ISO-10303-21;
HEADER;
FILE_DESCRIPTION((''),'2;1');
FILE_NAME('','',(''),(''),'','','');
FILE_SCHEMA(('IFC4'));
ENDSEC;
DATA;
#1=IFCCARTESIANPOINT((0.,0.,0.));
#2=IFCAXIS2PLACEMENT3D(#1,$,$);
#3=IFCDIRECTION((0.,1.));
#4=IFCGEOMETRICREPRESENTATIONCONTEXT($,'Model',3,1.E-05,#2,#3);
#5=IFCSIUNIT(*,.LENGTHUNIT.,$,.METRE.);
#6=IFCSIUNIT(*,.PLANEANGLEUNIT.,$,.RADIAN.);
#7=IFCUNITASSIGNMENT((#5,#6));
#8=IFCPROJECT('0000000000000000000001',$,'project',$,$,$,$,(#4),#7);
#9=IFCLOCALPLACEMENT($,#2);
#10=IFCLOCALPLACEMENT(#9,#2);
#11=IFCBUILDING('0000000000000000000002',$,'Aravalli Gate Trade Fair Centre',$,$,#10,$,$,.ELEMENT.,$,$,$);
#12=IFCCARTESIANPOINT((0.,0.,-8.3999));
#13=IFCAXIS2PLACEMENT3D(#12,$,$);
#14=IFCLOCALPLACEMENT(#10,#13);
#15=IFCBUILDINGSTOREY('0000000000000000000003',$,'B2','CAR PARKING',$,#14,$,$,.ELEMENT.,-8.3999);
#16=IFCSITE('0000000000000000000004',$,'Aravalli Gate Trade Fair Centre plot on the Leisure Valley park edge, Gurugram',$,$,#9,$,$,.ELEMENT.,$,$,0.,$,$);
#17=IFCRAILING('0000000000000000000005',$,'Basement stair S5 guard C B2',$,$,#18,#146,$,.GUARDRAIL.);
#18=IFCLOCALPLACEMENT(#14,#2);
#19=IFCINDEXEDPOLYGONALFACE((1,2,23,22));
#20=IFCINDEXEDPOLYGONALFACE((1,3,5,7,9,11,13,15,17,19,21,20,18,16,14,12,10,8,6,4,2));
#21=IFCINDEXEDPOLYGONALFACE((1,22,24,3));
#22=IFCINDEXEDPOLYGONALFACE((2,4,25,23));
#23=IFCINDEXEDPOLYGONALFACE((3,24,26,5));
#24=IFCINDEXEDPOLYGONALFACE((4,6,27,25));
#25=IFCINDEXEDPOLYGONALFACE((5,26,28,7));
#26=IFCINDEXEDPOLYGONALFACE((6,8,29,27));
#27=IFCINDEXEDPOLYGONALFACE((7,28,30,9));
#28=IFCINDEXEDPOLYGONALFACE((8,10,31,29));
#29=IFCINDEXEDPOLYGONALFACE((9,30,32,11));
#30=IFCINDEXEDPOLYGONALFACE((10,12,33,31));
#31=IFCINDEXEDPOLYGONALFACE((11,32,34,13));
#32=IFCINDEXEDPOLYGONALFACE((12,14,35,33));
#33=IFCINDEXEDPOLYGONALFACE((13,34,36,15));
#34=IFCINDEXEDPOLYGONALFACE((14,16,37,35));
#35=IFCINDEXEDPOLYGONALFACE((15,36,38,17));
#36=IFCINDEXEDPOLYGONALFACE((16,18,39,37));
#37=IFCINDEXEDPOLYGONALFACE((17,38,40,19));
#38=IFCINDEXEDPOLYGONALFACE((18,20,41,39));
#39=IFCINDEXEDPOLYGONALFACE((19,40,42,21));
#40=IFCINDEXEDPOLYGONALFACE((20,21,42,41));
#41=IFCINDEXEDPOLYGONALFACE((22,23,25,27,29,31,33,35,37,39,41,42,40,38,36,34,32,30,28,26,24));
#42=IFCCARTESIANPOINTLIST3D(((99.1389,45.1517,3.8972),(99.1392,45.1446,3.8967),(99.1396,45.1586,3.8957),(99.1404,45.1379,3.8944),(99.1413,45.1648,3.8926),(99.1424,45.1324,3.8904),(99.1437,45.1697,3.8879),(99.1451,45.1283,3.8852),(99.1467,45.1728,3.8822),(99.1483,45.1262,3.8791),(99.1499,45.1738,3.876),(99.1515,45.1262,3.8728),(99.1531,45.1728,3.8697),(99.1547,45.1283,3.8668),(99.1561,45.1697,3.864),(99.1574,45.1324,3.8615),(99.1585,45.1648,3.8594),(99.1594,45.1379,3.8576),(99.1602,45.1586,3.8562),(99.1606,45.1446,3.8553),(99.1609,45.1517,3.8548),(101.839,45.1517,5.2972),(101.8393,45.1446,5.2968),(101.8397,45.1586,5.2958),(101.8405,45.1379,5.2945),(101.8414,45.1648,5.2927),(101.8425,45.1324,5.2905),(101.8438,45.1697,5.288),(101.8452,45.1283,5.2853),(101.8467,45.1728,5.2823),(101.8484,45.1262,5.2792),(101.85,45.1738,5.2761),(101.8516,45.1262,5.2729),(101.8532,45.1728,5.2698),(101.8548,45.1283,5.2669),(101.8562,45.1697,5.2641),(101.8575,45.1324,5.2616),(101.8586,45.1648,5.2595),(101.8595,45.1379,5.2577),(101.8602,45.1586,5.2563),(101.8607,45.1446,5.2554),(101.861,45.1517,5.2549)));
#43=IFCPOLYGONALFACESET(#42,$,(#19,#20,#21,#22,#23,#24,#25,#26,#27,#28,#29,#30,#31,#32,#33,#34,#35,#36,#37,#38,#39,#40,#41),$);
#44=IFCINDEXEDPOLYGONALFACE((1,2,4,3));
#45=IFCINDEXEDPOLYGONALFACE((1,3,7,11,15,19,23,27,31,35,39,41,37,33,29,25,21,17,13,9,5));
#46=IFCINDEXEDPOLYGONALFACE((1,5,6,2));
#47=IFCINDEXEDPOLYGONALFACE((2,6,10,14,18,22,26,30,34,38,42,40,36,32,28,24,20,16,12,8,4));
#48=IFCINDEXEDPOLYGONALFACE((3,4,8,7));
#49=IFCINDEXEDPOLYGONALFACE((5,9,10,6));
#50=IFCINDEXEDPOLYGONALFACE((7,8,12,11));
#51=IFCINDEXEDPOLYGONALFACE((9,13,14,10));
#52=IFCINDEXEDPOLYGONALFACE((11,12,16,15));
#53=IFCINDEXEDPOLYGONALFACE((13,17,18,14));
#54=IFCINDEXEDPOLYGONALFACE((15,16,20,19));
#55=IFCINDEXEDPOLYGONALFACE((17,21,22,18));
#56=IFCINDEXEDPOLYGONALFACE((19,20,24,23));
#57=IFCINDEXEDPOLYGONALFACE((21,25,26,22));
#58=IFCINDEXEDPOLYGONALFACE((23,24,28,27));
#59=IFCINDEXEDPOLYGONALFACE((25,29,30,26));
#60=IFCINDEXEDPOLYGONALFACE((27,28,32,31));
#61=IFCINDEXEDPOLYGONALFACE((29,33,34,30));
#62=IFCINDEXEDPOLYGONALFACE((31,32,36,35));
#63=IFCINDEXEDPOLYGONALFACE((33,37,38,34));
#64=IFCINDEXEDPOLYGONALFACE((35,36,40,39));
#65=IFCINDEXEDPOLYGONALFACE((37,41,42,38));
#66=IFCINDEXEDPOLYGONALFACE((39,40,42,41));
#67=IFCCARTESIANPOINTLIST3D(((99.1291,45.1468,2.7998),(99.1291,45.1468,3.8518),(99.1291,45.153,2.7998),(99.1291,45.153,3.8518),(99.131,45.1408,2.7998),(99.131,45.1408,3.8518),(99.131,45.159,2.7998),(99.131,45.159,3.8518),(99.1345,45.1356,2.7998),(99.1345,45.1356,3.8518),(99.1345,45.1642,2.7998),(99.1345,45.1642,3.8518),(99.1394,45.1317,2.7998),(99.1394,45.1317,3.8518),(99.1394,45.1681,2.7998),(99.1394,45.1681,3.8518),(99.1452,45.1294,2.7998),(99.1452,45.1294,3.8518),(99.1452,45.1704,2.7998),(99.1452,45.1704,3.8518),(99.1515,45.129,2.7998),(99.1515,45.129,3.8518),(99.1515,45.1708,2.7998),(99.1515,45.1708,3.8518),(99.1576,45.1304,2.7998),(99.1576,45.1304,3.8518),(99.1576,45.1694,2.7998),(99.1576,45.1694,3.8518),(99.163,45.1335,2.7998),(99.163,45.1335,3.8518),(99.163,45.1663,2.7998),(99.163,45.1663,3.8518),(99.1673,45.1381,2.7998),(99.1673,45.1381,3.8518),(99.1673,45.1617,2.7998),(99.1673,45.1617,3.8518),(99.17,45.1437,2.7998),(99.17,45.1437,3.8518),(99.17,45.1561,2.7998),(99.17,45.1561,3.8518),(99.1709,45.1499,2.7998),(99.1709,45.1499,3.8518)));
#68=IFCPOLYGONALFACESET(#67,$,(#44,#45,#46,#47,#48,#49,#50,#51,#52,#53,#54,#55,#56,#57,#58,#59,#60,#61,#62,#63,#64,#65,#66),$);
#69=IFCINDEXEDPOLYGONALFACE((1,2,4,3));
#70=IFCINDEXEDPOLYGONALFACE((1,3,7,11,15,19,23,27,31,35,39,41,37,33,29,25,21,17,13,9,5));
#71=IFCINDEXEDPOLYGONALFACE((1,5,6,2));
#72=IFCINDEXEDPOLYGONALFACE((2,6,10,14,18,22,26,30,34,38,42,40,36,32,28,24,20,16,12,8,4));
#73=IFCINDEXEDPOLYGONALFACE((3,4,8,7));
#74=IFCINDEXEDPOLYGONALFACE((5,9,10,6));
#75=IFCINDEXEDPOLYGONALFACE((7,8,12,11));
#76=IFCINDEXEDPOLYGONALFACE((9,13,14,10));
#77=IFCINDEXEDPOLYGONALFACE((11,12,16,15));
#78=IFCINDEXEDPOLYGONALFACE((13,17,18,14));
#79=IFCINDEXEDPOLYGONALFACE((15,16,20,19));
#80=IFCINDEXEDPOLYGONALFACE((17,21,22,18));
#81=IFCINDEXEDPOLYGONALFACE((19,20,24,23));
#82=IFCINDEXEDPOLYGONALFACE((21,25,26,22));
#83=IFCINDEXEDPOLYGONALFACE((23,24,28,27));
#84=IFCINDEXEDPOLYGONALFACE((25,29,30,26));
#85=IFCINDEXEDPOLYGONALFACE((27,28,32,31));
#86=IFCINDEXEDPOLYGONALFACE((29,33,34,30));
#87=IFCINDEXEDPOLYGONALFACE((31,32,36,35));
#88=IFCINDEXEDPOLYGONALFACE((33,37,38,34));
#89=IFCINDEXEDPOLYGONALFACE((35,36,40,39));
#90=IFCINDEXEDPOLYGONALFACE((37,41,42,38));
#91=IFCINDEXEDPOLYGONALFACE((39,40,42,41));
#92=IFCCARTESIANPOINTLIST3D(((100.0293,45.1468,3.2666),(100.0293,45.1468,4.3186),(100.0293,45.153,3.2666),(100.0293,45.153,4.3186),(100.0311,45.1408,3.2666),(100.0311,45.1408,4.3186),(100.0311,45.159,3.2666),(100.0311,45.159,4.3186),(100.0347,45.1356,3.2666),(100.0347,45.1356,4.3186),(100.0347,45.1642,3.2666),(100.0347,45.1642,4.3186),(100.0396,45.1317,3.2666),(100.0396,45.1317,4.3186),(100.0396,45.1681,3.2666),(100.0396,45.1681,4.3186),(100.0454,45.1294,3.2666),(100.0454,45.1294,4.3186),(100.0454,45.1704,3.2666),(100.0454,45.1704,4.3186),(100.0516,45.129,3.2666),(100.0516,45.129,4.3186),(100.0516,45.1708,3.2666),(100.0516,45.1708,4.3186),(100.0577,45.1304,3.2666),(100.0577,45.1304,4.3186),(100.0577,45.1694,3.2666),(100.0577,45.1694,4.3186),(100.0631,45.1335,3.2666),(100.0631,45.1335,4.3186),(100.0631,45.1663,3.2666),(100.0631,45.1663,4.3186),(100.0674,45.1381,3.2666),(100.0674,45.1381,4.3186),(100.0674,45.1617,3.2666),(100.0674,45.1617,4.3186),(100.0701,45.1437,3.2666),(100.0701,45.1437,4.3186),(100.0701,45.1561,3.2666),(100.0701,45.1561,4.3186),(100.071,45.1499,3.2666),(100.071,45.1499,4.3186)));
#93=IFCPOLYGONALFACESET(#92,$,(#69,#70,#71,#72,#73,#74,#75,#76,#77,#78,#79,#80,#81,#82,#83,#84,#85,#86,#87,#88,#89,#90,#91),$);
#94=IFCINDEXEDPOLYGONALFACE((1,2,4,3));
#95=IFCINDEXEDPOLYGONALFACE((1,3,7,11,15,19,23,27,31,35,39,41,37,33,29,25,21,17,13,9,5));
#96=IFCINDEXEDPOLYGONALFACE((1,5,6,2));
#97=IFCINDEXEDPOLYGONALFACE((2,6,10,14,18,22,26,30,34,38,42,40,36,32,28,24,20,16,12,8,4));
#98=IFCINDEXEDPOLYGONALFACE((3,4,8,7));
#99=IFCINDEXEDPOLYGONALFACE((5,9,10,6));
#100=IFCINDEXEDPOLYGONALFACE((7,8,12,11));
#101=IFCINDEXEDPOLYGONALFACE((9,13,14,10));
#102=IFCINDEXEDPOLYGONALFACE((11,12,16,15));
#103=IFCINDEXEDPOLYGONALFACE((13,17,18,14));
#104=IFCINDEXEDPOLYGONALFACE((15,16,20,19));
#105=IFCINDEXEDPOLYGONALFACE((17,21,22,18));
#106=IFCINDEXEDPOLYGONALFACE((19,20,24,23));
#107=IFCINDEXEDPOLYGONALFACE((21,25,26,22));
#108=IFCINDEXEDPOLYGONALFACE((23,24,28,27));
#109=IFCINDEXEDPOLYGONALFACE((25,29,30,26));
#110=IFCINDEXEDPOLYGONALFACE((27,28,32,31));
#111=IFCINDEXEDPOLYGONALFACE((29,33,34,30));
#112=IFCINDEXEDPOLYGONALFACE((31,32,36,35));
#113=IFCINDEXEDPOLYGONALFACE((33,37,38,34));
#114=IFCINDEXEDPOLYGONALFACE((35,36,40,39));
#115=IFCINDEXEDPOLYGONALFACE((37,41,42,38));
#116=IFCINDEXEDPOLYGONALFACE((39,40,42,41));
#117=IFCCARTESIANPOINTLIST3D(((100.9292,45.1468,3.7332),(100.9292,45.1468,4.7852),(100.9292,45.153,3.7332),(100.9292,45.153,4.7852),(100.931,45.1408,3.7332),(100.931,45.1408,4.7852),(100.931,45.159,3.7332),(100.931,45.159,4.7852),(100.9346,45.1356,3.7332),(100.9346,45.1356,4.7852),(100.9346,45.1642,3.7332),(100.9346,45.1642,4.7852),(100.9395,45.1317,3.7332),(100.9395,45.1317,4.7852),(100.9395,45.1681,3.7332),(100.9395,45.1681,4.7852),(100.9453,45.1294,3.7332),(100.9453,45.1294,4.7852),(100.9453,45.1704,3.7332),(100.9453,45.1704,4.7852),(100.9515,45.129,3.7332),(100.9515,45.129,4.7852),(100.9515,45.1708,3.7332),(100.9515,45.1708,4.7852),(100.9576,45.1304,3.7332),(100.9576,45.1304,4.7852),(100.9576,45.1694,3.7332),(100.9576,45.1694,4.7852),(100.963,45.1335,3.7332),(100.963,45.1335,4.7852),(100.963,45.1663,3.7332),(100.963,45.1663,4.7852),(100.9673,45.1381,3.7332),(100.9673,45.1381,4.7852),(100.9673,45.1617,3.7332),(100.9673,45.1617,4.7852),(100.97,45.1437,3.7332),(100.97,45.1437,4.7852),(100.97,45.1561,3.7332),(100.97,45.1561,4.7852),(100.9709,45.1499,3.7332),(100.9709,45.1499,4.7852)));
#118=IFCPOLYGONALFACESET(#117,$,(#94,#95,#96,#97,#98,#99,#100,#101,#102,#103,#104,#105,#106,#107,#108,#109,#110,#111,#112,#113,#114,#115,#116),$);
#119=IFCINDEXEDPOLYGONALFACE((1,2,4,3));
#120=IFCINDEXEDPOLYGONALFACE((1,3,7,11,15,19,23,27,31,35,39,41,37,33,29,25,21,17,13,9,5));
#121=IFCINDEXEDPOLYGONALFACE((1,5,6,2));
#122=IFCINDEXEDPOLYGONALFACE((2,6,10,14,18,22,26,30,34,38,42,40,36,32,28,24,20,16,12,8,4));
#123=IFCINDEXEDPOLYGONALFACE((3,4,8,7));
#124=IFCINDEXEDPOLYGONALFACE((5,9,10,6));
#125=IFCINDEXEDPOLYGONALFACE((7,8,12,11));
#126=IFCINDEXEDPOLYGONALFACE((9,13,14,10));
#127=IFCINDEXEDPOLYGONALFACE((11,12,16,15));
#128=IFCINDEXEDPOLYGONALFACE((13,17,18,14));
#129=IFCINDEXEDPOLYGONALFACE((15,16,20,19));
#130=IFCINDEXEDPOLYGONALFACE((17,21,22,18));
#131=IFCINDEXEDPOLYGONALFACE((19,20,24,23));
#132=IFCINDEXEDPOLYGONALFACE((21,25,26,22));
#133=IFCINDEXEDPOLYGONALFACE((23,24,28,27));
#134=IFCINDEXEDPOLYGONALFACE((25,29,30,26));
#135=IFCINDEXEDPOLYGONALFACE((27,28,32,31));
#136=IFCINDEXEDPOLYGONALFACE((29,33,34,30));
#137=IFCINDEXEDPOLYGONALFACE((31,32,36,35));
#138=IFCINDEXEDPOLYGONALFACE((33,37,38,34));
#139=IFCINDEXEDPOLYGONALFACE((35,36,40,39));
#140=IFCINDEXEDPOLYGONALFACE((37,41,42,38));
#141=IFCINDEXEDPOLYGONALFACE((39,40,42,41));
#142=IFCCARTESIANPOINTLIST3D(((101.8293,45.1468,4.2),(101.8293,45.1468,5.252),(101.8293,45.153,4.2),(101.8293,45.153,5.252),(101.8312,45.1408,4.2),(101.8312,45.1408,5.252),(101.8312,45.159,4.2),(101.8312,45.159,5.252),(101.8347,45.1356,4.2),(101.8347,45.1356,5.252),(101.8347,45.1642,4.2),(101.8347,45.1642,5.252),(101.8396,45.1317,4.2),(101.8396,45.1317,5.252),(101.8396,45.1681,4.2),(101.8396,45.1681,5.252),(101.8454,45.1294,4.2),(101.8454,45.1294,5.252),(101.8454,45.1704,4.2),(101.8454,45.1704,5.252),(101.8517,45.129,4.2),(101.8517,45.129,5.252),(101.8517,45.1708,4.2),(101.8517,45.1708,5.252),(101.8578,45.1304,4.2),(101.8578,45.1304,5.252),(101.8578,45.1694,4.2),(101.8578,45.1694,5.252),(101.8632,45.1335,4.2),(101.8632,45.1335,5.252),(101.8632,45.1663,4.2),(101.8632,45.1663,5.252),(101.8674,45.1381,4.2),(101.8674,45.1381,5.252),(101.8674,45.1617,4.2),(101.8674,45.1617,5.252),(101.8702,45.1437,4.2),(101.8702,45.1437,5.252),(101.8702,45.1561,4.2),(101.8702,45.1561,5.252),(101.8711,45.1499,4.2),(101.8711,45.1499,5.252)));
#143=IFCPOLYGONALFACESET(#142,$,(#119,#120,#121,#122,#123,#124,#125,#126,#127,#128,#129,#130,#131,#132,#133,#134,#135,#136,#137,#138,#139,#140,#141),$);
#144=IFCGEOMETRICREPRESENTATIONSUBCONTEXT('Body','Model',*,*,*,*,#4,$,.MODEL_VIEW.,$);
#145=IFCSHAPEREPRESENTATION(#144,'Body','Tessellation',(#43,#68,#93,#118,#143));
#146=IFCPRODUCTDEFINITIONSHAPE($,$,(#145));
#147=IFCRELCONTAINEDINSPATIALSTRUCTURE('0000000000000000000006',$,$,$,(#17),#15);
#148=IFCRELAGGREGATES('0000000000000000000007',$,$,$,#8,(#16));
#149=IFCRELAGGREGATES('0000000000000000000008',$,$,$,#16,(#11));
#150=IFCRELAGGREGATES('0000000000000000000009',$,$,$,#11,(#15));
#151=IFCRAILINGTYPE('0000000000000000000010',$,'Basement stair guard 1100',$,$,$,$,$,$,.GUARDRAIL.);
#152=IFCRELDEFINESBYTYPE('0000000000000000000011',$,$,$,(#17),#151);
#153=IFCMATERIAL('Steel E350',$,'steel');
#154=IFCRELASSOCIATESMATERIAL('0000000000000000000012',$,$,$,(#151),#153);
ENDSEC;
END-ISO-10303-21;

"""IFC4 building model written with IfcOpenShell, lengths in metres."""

from ifc_helpers import new_model, si_unit, direction, frame, origin, origin_2d, place, context, subcontext, project, spatial, circle, extrude, material, type_object, element, save


model = new_model("IFC4")

# Units and contexts
model_context = context("Model", 3, precision=1e-05, world=origin(), true_north=direction((0.0, 1.0)))
body_context = subcontext(model_context, "Body", "Model", "MODEL_VIEW")
ifc_project = project(units=[si_unit("LENGTHUNIT", "METRE"), si_unit("PLANEANGLEUNIT", "RADIAN")], contexts=[model_context])

# Site, building, storey
site_placement = place(None, origin())
site = spatial("IfcSite", under=ifc_project, at=site_placement, Name="Aravalli Gate Trade Fair Centre plot on the Leisure Valley park edge, Gurugram", CompositionType="ELEMENT", RefElevation=0.0)
building_placement = place(site_placement, origin())
building = spatial("IfcBuilding", under=site, at=building_placement, Name="Aravalli Gate Trade Fair Centre", CompositionType="ELEMENT")
storey_placement = place(building_placement, frame((0.0, 0.0, -8.3999)))
storey = spatial("IfcBuildingStorey", under=building, at=storey_placement, Name="B2", Description="CAR PARKING", CompositionType="ELEMENT", Elevation=-8.3999)

# Railing
ifc_material_1 = material(Name="Steel E350", Category="steel")
railing_type_1 = type_object("IfcRailingType", Name="Basement stair guard 1100", PredefinedType="GUARDRAIL", material=ifc_material_1)
railing_1_placement = place(storey_placement, frame((99.1499, 45.1499, 2.7998)))
element("IfcRailing", 1, at=railing_1_placement, inside=storey, type_object=railing_type_1, Name="Basement stair S5 guard C B2", PredefinedType="GUARDRAIL", context=body_context, shape_type="SweptSolid", body=[
    extrude(circle(Radius=0.0239, at=origin_2d()), frame((0.0, 0.0, 1.0762), z_axis=(0.887748, 0.0, 0.460329), x_axis=(0.0, 1.0, 0.0)), (0.0, 0.0, 1.0), 3.0415),
    extrude(circle(Radius=0.021, at=origin_2d()), origin(), (0.0, 0.0, 1.0), 1.052),
    extrude(circle(Radius=0.021, at=origin_2d()), frame((0.9001, 0.0, 0.4668)), (0.0, 0.0, 1.0), 1.052),
    extrude(circle(Radius=0.021, at=origin_2d()), frame((1.8, 0.0, 0.9333)), (0.0, 0.0, 1.0), 1.052),
    extrude(circle(Radius=0.021, at=origin_2d()), frame((2.7002, 0.0, 1.4001)), (0.0, 0.0, 1.0), 1.052),
])

save(model, "model.ifc")
